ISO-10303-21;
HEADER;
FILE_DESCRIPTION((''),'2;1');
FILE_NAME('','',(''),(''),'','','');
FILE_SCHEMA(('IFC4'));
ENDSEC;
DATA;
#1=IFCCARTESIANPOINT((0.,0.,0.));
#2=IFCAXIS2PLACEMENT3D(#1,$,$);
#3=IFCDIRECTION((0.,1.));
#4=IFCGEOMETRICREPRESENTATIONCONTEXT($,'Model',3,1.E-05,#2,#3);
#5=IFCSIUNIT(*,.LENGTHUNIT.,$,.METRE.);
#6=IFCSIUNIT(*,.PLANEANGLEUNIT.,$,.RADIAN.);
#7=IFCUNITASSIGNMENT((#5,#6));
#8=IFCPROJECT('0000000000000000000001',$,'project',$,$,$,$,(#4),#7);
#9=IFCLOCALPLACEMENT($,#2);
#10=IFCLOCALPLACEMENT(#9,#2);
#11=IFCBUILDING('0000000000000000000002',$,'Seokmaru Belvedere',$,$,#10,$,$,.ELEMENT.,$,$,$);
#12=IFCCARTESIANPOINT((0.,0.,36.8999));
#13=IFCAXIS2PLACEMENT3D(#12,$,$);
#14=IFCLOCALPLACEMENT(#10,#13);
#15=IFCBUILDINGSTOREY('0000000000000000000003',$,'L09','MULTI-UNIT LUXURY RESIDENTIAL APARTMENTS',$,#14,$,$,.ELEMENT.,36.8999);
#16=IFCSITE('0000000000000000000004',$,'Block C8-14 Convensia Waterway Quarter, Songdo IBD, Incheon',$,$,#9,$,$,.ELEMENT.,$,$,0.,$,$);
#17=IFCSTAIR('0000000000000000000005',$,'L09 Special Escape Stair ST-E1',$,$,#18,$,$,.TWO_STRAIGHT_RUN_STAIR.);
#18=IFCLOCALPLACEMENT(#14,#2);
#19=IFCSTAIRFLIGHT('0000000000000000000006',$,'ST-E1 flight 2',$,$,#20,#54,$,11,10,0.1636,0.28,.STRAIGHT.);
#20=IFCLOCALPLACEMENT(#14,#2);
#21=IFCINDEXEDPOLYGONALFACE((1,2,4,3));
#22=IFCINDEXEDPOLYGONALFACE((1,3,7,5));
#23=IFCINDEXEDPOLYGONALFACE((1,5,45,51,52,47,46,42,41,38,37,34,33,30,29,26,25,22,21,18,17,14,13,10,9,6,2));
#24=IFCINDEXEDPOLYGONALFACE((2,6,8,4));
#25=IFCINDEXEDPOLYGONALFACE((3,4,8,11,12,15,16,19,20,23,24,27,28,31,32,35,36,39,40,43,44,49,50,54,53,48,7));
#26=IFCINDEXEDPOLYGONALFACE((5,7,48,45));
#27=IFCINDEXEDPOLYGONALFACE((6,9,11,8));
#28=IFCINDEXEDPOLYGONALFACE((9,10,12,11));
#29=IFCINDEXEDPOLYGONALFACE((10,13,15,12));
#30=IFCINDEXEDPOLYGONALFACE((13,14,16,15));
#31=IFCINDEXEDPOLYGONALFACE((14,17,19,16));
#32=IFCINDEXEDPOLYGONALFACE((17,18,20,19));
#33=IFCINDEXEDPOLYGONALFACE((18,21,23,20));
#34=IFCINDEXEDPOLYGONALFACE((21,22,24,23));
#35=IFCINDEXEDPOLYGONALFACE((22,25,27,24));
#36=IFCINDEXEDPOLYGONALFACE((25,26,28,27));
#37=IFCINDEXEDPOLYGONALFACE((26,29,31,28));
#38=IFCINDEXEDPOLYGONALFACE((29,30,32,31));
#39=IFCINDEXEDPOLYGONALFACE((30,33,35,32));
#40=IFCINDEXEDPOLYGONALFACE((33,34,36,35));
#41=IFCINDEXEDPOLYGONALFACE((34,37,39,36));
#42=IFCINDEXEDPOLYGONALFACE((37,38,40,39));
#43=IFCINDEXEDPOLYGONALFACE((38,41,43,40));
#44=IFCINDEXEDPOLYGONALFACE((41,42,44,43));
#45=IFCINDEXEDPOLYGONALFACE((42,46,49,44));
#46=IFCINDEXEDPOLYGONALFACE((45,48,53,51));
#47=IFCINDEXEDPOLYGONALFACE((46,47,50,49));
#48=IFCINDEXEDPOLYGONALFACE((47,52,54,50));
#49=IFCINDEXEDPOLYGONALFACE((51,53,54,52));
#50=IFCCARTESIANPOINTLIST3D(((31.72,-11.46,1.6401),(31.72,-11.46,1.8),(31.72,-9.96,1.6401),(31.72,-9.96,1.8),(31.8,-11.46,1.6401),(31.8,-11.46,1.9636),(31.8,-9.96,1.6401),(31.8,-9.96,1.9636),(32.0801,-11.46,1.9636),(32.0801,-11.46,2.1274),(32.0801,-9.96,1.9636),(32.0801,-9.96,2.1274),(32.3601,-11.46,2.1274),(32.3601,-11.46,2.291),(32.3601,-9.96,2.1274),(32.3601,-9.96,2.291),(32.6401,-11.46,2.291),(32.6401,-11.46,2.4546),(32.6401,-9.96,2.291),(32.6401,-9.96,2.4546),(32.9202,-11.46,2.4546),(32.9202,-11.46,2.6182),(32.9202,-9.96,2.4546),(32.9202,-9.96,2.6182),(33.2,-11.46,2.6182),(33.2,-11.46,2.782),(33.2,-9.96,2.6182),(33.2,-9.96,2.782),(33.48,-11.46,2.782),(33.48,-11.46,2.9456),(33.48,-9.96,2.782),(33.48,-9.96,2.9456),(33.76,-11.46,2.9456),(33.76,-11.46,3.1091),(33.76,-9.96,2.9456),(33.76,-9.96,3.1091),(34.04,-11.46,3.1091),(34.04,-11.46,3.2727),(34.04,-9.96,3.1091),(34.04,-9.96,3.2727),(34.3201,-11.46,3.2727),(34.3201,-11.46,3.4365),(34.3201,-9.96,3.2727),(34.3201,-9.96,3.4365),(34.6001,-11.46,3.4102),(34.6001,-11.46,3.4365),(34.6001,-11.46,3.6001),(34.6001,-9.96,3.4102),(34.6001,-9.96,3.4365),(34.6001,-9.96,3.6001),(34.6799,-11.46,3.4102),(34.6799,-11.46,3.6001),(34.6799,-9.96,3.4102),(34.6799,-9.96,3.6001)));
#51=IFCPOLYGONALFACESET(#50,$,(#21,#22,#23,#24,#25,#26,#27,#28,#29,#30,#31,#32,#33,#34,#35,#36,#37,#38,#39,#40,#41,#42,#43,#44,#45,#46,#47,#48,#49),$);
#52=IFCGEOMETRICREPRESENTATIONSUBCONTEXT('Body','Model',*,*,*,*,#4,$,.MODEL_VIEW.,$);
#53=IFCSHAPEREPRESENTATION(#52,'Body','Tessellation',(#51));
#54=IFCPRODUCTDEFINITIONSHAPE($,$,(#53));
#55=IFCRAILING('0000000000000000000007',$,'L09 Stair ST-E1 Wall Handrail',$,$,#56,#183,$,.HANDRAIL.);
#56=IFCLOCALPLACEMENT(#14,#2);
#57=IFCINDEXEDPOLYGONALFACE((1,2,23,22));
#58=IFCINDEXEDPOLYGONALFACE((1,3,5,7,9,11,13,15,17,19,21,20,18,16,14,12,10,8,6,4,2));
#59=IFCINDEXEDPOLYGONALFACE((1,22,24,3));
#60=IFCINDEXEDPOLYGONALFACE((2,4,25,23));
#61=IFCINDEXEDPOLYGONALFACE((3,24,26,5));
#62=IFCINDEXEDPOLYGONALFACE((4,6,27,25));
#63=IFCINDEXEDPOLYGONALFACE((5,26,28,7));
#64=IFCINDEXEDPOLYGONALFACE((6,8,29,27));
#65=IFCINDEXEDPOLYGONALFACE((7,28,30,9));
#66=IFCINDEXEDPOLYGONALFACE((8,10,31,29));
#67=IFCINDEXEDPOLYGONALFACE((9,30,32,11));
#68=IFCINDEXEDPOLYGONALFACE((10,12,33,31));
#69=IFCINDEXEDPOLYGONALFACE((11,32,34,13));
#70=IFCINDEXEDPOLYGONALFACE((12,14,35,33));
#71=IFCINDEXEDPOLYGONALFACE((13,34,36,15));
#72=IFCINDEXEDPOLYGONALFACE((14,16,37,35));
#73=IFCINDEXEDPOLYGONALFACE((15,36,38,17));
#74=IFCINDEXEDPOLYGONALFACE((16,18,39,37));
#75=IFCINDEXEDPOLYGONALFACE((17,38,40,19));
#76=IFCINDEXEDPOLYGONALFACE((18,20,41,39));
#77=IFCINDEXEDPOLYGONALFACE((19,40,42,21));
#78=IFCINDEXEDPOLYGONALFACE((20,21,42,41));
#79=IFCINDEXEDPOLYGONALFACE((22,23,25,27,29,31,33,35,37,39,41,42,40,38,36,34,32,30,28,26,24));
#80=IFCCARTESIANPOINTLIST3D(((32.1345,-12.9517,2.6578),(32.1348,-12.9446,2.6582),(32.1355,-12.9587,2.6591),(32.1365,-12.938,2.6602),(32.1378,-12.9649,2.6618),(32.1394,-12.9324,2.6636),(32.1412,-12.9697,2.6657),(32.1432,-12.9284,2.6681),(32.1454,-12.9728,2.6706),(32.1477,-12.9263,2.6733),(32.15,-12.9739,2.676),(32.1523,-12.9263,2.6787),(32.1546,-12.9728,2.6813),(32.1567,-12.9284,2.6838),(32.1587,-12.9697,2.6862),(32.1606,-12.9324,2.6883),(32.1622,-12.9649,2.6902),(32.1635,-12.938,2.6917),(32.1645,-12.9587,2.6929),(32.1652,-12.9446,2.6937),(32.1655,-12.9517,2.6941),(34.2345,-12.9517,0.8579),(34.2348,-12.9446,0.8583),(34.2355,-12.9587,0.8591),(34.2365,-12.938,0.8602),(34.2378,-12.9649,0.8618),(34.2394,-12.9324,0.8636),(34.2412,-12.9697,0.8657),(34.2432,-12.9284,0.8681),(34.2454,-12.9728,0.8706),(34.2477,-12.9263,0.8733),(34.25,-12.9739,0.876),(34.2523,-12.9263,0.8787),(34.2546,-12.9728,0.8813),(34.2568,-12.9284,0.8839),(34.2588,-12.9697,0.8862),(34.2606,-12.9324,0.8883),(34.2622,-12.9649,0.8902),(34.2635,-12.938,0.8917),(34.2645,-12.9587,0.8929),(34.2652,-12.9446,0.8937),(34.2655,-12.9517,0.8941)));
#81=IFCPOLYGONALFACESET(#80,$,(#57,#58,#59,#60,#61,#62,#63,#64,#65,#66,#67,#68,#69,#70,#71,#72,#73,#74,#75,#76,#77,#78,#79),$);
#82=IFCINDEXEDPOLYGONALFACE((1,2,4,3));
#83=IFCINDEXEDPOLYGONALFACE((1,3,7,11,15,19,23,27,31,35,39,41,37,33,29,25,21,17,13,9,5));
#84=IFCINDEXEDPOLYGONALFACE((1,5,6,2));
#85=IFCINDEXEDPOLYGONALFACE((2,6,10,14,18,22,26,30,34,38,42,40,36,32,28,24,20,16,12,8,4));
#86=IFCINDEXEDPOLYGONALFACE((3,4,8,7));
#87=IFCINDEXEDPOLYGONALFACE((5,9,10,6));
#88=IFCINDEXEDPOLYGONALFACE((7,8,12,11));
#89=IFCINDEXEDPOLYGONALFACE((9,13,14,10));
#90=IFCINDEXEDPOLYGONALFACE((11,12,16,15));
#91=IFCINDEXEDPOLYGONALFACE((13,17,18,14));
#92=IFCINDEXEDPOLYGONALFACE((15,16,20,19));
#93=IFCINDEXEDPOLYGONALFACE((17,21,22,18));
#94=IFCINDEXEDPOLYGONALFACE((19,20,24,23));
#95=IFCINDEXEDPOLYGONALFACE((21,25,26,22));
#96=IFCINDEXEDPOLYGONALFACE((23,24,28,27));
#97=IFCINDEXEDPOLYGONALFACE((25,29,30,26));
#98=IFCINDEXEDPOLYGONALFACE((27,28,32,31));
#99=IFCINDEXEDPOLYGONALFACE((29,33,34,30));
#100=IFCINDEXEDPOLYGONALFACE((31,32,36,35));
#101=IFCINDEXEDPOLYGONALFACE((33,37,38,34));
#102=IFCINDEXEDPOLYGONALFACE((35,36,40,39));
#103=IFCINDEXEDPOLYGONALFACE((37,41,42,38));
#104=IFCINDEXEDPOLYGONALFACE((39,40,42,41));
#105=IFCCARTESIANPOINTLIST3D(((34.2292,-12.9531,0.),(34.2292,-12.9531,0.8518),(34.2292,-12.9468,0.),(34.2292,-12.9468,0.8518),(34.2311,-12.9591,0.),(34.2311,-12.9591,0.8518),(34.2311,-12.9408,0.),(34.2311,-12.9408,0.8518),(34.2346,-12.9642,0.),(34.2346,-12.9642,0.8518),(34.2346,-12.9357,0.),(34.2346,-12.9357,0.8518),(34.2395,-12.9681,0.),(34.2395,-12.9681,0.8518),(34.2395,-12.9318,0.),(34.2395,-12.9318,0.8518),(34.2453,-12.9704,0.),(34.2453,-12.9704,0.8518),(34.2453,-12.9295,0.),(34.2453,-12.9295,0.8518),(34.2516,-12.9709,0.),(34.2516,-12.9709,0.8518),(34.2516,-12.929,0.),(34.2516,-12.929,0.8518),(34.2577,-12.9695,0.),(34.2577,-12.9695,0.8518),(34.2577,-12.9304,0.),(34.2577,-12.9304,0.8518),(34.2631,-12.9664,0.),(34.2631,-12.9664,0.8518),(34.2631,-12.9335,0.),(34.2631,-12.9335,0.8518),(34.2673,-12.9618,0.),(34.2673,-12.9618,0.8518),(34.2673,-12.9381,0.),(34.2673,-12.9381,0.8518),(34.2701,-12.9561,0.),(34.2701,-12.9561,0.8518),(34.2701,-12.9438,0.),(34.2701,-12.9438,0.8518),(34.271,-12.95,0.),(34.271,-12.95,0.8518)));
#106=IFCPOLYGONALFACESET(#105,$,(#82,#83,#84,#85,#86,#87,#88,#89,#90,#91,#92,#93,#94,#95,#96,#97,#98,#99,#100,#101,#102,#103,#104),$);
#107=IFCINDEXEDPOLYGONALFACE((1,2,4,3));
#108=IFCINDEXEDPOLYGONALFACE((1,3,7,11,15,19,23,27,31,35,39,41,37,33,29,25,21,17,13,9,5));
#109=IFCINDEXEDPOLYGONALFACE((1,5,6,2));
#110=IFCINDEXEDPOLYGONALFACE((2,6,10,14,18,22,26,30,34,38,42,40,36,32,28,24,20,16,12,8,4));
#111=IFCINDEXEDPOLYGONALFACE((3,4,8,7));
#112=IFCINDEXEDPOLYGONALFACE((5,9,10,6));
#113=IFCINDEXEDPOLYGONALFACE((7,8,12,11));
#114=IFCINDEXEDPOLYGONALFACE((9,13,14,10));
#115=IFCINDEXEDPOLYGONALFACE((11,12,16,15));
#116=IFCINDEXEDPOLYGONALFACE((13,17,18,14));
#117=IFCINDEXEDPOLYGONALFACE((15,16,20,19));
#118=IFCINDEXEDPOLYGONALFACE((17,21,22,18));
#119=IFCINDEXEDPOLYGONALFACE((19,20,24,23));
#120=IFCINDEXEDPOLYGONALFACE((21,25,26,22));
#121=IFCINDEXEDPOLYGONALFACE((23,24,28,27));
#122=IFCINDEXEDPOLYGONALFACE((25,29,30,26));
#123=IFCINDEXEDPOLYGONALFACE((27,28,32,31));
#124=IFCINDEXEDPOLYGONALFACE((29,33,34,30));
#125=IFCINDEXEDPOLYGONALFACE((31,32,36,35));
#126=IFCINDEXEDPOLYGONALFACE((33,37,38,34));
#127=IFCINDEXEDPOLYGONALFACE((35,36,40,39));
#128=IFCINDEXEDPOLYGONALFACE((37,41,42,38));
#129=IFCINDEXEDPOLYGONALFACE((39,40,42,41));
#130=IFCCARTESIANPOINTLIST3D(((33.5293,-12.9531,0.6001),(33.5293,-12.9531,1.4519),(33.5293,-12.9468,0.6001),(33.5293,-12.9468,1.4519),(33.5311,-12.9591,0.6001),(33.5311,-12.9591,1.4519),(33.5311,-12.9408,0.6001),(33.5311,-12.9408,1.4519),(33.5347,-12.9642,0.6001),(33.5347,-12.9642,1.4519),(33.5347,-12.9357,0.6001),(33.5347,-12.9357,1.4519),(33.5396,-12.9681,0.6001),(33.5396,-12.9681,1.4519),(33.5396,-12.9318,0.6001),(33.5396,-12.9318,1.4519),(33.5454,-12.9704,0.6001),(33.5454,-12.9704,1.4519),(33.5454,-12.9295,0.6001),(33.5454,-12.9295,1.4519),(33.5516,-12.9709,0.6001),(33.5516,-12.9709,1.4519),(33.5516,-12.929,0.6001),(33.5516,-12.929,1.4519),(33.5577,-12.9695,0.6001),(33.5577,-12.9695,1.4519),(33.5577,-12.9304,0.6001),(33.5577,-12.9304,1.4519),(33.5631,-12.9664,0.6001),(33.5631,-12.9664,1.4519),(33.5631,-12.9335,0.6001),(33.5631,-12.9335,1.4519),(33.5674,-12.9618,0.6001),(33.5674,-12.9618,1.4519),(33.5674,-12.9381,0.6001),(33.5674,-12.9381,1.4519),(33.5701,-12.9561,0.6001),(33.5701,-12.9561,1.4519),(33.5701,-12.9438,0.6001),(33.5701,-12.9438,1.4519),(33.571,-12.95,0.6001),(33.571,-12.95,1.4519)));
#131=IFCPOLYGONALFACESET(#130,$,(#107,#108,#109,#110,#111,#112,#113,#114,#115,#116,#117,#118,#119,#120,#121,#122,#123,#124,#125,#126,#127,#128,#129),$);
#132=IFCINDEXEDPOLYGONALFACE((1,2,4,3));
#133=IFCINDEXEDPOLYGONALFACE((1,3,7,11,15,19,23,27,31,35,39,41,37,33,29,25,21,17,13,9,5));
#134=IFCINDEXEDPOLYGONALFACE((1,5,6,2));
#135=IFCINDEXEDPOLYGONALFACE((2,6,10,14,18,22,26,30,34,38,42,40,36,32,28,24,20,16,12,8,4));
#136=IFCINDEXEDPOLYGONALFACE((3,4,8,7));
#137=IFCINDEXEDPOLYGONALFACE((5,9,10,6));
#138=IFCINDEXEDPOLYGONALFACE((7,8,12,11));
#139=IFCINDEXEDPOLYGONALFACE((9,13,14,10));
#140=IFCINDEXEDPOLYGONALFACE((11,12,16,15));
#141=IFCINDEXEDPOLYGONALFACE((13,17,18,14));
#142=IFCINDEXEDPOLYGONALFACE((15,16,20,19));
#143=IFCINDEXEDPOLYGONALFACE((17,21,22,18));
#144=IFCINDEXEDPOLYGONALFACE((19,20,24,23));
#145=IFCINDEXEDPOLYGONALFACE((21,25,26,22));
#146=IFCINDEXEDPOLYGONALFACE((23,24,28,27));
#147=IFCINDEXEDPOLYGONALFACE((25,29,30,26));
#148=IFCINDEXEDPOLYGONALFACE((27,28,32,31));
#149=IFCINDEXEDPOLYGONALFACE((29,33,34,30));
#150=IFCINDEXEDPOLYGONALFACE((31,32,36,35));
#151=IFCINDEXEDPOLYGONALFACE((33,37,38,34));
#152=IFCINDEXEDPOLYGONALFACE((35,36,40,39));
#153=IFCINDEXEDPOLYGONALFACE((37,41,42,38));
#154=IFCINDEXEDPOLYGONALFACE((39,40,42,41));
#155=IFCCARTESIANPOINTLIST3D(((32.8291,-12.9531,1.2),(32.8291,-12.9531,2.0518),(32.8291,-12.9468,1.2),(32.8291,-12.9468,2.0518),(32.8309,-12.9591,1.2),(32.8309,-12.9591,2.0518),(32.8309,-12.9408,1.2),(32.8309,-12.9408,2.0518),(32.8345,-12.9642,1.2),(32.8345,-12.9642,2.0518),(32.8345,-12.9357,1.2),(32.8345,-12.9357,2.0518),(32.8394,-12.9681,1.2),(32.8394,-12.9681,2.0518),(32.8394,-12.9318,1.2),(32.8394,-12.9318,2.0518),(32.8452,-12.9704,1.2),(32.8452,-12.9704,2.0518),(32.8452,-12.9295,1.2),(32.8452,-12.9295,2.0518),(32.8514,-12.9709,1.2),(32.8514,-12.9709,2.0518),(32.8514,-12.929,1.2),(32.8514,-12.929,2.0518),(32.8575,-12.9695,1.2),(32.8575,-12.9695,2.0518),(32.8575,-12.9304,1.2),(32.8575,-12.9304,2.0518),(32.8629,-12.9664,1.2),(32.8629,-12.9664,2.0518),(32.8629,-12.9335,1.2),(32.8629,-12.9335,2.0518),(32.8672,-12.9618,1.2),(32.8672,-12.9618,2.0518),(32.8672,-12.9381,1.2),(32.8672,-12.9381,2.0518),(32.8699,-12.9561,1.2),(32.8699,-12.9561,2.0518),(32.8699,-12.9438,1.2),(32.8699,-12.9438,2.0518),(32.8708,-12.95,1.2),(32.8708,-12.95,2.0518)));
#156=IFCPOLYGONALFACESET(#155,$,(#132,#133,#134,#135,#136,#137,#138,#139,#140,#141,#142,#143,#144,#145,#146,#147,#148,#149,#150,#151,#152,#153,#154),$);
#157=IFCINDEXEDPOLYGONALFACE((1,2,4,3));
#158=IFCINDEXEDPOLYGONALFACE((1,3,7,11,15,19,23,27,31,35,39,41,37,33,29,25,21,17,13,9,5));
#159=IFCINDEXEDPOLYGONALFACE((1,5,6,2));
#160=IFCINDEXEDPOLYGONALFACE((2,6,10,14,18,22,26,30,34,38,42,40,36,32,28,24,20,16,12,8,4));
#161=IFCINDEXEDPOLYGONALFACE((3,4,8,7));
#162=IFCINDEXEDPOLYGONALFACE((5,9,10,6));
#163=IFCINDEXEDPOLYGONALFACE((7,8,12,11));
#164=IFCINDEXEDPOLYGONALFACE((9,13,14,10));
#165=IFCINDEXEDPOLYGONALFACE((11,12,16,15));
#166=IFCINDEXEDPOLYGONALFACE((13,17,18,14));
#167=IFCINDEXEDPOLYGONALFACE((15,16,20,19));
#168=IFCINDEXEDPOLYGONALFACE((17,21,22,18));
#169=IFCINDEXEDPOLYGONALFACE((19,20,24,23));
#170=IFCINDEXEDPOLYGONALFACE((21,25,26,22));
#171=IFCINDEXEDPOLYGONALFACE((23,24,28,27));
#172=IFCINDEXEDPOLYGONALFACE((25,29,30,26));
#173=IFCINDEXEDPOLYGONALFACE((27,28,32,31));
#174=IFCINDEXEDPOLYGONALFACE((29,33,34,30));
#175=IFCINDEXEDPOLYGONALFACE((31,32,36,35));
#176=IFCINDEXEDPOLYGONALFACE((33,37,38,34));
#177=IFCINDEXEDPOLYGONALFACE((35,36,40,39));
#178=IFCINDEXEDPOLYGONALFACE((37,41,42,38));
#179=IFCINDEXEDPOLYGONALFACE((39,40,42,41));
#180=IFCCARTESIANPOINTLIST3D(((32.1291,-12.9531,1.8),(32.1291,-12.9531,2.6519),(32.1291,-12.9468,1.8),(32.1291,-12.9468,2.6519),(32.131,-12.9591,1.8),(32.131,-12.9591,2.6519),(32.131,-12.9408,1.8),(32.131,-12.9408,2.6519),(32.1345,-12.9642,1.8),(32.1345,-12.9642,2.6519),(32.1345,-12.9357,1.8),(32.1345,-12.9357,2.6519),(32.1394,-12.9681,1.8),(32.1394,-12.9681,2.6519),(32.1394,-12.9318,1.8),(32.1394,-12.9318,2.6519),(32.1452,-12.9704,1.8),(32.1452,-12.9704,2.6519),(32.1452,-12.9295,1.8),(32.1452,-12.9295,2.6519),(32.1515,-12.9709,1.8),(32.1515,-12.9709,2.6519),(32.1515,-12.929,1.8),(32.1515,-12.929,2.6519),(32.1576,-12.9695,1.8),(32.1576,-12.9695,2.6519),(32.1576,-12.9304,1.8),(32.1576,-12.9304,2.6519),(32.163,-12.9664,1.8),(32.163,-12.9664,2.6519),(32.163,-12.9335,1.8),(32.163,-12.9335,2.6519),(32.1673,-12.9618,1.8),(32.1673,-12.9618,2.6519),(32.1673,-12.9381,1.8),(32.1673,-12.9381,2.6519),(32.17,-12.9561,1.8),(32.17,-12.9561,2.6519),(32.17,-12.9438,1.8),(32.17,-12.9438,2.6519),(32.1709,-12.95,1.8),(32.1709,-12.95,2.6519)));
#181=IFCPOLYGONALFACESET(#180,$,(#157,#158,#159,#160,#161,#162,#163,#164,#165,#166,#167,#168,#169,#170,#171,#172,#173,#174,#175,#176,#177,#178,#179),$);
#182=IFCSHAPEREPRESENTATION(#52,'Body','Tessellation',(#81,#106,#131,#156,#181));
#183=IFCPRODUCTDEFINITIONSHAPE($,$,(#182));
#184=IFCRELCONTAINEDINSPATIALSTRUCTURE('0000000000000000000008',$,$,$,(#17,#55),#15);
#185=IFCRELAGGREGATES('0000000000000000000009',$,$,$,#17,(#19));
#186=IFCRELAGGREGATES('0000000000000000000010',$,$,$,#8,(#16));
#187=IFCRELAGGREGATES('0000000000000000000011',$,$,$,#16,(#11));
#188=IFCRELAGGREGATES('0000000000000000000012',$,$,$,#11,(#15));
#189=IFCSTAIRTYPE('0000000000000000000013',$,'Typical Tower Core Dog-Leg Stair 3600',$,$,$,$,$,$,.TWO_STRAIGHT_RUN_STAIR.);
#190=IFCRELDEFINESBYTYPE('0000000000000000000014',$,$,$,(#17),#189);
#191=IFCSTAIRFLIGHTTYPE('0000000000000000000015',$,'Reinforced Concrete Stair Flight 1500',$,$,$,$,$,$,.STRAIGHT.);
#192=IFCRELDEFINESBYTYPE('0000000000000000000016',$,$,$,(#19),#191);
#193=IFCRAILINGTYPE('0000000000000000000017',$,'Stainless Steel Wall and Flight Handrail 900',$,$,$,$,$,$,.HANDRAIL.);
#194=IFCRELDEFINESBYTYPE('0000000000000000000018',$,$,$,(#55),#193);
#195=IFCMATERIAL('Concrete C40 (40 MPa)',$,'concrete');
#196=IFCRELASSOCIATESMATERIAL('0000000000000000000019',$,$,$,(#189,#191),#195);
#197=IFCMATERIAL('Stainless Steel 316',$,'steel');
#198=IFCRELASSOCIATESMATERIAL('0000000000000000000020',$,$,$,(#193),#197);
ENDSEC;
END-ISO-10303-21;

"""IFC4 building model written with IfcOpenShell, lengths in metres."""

from ifc_helpers import new_model, si_unit, direction, frame, origin, origin_2d, place, context, subcontext, project, spatial, polyline, circle, outline, extrude, material, type_object, element, aggregate, save


model = new_model("IFC4")

# Units and contexts
model_context = context("Model", 3, precision=1e-05, world=origin(), true_north=direction((0.0, 1.0)))
body_context = subcontext(model_context, "Body", "Model", "MODEL_VIEW")
ifc_project = project(units=[si_unit("LENGTHUNIT", "METRE"), si_unit("PLANEANGLEUNIT", "RADIAN")], contexts=[model_context])

# Site, building, storey
site_placement = place(None, origin())
site = spatial("IfcSite", under=ifc_project, at=site_placement, Name="Block C8-14 Convensia Waterway Quarter, Songdo IBD, Incheon", CompositionType="ELEMENT", RefElevation=0.0)
building_placement = place(site_placement, origin())
building = spatial("IfcBuilding", under=site, at=building_placement, Name="Seokmaru Belvedere", CompositionType="ELEMENT")
storey_placement = place(building_placement, frame((0.0, 0.0, 36.8999)))
storey = spatial("IfcBuildingStorey", under=building, at=storey_placement, Name="L09", Description="MULTI-UNIT LUXURY RESIDENTIAL APARTMENTS", CompositionType="ELEMENT", Elevation=36.8999)

# Shared definitions
ifc_material_1 = material(Name="Stainless Steel 316", Category="steel")

# Stair, stair flight
ifc_material_2 = material(Name="Concrete C40 (40 MPa)", Category="concrete")
stair_type = type_object("IfcStairType", Name="Typical Tower Core Dog-Leg Stair 3600", PredefinedType="TWO_STRAIGHT_RUN_STAIR", material=ifc_material_2)
stair_placement = place(storey_placement, origin())
stair = element("IfcStair", 1, at=stair_placement, inside=storey, type_object=stair_type, Name="L09 Special Escape Stair ST-E1", PredefinedType="TWO_STRAIGHT_RUN_STAIR")
stair_flight_type = type_object("IfcStairFlightType", Name="Reinforced Concrete Stair Flight 1500", PredefinedType="STRAIGHT", material=ifc_material_2)
stair_flight_1_placement = place(storey_placement, frame((31.8, -10.71, 1.8), z_axis=(0.0, 0.0, 1.0), x_axis=(1.0, 0.0, 0.0)))
stair_flight_1 = element("IfcStairFlight", 2, at=stair_flight_1_placement, type_object=stair_flight_type, Name="ST-E1 flight 2", NumberOfRisers=11, NumberOfTreads=10, PredefinedType="STRAIGHT", RiserHeight=0.1636, TreadLength=0.28, context=body_context, shape_type="SweptSolid", body=[
    extrude(outline(polyline([(-0.0801, 0.0), (0.0, 0.1636), (0.28, 0.1636), (0.28, 0.3274), (0.5601, 0.3274), (0.5601, 0.491), (0.8401, 0.491), (0.8401, 0.6545), (1.1201, 0.6545), (1.1201, 0.8181), (1.3999, 0.8181), (1.3999, 0.9819), (1.6799, 0.9819), (1.6799, 1.1455), (1.96, 1.1455), (1.96, 1.3091), (2.24, 1.3091), (2.24, 1.4727), (2.52, 1.4727), (2.52, 1.6365), (2.8, 1.6365), (2.8, 1.8), (2.8799, 1.8), (2.8799, 1.6101), (2.8, 1.6101), (0.0, -0.1599), (-0.0801, -0.1599), (-0.0801, 0.0)])), frame((0.0, 0.75, 0.0), z_axis=(0.0, -1.0, 0.0), x_axis=(1.0, 0.0, 0.0)), (0.0, 0.0, 1.0), 1.5),
])
aggregate(stair, [stair_flight_1])

# Railing
railing_type_1 = type_object("IfcRailingType", Name="Stainless Steel Wall and Flight Handrail 900", PredefinedType="HANDRAIL", material=ifc_material_1)
railing_1_placement = place(storey_placement, frame((34.25, -12.95, 0.0)))
element("IfcRailing", 3, at=railing_1_placement, inside=storey, type_object=railing_type_1, Name="L09 Stair ST-E1 Wall Handrail", PredefinedType="HANDRAIL", context=body_context, shape_type="SweptSolid", body=[
    extrude(circle(Radius=0.0239, at=origin_2d()), frame((0.0, 0.0, 0.876), z_axis=(-0.759263, 0.0, 0.650784), x_axis=(0.0, -1.0, 0.0)), (0.0, 0.0, 1.0), 2.7659),
    extrude(circle(Radius=0.021, at=origin_2d()), origin(), (0.0, 0.0, 1.0), 0.8518),
    extrude(circle(Radius=0.021, at=origin_2d()), frame((-0.7, 0.0, 0.6001)), (0.0, 0.0, 1.0), 0.8518),
    extrude(circle(Radius=0.021, at=origin_2d()), frame((-1.4001, 0.0, 1.2)), (0.0, 0.0, 1.0), 0.8518),
    extrude(circle(Radius=0.021, at=origin_2d()), frame((-2.1001, 0.0, 1.8)), (0.0, 0.0, 1.0), 0.8518),
])

save(model, "model.ifc")
